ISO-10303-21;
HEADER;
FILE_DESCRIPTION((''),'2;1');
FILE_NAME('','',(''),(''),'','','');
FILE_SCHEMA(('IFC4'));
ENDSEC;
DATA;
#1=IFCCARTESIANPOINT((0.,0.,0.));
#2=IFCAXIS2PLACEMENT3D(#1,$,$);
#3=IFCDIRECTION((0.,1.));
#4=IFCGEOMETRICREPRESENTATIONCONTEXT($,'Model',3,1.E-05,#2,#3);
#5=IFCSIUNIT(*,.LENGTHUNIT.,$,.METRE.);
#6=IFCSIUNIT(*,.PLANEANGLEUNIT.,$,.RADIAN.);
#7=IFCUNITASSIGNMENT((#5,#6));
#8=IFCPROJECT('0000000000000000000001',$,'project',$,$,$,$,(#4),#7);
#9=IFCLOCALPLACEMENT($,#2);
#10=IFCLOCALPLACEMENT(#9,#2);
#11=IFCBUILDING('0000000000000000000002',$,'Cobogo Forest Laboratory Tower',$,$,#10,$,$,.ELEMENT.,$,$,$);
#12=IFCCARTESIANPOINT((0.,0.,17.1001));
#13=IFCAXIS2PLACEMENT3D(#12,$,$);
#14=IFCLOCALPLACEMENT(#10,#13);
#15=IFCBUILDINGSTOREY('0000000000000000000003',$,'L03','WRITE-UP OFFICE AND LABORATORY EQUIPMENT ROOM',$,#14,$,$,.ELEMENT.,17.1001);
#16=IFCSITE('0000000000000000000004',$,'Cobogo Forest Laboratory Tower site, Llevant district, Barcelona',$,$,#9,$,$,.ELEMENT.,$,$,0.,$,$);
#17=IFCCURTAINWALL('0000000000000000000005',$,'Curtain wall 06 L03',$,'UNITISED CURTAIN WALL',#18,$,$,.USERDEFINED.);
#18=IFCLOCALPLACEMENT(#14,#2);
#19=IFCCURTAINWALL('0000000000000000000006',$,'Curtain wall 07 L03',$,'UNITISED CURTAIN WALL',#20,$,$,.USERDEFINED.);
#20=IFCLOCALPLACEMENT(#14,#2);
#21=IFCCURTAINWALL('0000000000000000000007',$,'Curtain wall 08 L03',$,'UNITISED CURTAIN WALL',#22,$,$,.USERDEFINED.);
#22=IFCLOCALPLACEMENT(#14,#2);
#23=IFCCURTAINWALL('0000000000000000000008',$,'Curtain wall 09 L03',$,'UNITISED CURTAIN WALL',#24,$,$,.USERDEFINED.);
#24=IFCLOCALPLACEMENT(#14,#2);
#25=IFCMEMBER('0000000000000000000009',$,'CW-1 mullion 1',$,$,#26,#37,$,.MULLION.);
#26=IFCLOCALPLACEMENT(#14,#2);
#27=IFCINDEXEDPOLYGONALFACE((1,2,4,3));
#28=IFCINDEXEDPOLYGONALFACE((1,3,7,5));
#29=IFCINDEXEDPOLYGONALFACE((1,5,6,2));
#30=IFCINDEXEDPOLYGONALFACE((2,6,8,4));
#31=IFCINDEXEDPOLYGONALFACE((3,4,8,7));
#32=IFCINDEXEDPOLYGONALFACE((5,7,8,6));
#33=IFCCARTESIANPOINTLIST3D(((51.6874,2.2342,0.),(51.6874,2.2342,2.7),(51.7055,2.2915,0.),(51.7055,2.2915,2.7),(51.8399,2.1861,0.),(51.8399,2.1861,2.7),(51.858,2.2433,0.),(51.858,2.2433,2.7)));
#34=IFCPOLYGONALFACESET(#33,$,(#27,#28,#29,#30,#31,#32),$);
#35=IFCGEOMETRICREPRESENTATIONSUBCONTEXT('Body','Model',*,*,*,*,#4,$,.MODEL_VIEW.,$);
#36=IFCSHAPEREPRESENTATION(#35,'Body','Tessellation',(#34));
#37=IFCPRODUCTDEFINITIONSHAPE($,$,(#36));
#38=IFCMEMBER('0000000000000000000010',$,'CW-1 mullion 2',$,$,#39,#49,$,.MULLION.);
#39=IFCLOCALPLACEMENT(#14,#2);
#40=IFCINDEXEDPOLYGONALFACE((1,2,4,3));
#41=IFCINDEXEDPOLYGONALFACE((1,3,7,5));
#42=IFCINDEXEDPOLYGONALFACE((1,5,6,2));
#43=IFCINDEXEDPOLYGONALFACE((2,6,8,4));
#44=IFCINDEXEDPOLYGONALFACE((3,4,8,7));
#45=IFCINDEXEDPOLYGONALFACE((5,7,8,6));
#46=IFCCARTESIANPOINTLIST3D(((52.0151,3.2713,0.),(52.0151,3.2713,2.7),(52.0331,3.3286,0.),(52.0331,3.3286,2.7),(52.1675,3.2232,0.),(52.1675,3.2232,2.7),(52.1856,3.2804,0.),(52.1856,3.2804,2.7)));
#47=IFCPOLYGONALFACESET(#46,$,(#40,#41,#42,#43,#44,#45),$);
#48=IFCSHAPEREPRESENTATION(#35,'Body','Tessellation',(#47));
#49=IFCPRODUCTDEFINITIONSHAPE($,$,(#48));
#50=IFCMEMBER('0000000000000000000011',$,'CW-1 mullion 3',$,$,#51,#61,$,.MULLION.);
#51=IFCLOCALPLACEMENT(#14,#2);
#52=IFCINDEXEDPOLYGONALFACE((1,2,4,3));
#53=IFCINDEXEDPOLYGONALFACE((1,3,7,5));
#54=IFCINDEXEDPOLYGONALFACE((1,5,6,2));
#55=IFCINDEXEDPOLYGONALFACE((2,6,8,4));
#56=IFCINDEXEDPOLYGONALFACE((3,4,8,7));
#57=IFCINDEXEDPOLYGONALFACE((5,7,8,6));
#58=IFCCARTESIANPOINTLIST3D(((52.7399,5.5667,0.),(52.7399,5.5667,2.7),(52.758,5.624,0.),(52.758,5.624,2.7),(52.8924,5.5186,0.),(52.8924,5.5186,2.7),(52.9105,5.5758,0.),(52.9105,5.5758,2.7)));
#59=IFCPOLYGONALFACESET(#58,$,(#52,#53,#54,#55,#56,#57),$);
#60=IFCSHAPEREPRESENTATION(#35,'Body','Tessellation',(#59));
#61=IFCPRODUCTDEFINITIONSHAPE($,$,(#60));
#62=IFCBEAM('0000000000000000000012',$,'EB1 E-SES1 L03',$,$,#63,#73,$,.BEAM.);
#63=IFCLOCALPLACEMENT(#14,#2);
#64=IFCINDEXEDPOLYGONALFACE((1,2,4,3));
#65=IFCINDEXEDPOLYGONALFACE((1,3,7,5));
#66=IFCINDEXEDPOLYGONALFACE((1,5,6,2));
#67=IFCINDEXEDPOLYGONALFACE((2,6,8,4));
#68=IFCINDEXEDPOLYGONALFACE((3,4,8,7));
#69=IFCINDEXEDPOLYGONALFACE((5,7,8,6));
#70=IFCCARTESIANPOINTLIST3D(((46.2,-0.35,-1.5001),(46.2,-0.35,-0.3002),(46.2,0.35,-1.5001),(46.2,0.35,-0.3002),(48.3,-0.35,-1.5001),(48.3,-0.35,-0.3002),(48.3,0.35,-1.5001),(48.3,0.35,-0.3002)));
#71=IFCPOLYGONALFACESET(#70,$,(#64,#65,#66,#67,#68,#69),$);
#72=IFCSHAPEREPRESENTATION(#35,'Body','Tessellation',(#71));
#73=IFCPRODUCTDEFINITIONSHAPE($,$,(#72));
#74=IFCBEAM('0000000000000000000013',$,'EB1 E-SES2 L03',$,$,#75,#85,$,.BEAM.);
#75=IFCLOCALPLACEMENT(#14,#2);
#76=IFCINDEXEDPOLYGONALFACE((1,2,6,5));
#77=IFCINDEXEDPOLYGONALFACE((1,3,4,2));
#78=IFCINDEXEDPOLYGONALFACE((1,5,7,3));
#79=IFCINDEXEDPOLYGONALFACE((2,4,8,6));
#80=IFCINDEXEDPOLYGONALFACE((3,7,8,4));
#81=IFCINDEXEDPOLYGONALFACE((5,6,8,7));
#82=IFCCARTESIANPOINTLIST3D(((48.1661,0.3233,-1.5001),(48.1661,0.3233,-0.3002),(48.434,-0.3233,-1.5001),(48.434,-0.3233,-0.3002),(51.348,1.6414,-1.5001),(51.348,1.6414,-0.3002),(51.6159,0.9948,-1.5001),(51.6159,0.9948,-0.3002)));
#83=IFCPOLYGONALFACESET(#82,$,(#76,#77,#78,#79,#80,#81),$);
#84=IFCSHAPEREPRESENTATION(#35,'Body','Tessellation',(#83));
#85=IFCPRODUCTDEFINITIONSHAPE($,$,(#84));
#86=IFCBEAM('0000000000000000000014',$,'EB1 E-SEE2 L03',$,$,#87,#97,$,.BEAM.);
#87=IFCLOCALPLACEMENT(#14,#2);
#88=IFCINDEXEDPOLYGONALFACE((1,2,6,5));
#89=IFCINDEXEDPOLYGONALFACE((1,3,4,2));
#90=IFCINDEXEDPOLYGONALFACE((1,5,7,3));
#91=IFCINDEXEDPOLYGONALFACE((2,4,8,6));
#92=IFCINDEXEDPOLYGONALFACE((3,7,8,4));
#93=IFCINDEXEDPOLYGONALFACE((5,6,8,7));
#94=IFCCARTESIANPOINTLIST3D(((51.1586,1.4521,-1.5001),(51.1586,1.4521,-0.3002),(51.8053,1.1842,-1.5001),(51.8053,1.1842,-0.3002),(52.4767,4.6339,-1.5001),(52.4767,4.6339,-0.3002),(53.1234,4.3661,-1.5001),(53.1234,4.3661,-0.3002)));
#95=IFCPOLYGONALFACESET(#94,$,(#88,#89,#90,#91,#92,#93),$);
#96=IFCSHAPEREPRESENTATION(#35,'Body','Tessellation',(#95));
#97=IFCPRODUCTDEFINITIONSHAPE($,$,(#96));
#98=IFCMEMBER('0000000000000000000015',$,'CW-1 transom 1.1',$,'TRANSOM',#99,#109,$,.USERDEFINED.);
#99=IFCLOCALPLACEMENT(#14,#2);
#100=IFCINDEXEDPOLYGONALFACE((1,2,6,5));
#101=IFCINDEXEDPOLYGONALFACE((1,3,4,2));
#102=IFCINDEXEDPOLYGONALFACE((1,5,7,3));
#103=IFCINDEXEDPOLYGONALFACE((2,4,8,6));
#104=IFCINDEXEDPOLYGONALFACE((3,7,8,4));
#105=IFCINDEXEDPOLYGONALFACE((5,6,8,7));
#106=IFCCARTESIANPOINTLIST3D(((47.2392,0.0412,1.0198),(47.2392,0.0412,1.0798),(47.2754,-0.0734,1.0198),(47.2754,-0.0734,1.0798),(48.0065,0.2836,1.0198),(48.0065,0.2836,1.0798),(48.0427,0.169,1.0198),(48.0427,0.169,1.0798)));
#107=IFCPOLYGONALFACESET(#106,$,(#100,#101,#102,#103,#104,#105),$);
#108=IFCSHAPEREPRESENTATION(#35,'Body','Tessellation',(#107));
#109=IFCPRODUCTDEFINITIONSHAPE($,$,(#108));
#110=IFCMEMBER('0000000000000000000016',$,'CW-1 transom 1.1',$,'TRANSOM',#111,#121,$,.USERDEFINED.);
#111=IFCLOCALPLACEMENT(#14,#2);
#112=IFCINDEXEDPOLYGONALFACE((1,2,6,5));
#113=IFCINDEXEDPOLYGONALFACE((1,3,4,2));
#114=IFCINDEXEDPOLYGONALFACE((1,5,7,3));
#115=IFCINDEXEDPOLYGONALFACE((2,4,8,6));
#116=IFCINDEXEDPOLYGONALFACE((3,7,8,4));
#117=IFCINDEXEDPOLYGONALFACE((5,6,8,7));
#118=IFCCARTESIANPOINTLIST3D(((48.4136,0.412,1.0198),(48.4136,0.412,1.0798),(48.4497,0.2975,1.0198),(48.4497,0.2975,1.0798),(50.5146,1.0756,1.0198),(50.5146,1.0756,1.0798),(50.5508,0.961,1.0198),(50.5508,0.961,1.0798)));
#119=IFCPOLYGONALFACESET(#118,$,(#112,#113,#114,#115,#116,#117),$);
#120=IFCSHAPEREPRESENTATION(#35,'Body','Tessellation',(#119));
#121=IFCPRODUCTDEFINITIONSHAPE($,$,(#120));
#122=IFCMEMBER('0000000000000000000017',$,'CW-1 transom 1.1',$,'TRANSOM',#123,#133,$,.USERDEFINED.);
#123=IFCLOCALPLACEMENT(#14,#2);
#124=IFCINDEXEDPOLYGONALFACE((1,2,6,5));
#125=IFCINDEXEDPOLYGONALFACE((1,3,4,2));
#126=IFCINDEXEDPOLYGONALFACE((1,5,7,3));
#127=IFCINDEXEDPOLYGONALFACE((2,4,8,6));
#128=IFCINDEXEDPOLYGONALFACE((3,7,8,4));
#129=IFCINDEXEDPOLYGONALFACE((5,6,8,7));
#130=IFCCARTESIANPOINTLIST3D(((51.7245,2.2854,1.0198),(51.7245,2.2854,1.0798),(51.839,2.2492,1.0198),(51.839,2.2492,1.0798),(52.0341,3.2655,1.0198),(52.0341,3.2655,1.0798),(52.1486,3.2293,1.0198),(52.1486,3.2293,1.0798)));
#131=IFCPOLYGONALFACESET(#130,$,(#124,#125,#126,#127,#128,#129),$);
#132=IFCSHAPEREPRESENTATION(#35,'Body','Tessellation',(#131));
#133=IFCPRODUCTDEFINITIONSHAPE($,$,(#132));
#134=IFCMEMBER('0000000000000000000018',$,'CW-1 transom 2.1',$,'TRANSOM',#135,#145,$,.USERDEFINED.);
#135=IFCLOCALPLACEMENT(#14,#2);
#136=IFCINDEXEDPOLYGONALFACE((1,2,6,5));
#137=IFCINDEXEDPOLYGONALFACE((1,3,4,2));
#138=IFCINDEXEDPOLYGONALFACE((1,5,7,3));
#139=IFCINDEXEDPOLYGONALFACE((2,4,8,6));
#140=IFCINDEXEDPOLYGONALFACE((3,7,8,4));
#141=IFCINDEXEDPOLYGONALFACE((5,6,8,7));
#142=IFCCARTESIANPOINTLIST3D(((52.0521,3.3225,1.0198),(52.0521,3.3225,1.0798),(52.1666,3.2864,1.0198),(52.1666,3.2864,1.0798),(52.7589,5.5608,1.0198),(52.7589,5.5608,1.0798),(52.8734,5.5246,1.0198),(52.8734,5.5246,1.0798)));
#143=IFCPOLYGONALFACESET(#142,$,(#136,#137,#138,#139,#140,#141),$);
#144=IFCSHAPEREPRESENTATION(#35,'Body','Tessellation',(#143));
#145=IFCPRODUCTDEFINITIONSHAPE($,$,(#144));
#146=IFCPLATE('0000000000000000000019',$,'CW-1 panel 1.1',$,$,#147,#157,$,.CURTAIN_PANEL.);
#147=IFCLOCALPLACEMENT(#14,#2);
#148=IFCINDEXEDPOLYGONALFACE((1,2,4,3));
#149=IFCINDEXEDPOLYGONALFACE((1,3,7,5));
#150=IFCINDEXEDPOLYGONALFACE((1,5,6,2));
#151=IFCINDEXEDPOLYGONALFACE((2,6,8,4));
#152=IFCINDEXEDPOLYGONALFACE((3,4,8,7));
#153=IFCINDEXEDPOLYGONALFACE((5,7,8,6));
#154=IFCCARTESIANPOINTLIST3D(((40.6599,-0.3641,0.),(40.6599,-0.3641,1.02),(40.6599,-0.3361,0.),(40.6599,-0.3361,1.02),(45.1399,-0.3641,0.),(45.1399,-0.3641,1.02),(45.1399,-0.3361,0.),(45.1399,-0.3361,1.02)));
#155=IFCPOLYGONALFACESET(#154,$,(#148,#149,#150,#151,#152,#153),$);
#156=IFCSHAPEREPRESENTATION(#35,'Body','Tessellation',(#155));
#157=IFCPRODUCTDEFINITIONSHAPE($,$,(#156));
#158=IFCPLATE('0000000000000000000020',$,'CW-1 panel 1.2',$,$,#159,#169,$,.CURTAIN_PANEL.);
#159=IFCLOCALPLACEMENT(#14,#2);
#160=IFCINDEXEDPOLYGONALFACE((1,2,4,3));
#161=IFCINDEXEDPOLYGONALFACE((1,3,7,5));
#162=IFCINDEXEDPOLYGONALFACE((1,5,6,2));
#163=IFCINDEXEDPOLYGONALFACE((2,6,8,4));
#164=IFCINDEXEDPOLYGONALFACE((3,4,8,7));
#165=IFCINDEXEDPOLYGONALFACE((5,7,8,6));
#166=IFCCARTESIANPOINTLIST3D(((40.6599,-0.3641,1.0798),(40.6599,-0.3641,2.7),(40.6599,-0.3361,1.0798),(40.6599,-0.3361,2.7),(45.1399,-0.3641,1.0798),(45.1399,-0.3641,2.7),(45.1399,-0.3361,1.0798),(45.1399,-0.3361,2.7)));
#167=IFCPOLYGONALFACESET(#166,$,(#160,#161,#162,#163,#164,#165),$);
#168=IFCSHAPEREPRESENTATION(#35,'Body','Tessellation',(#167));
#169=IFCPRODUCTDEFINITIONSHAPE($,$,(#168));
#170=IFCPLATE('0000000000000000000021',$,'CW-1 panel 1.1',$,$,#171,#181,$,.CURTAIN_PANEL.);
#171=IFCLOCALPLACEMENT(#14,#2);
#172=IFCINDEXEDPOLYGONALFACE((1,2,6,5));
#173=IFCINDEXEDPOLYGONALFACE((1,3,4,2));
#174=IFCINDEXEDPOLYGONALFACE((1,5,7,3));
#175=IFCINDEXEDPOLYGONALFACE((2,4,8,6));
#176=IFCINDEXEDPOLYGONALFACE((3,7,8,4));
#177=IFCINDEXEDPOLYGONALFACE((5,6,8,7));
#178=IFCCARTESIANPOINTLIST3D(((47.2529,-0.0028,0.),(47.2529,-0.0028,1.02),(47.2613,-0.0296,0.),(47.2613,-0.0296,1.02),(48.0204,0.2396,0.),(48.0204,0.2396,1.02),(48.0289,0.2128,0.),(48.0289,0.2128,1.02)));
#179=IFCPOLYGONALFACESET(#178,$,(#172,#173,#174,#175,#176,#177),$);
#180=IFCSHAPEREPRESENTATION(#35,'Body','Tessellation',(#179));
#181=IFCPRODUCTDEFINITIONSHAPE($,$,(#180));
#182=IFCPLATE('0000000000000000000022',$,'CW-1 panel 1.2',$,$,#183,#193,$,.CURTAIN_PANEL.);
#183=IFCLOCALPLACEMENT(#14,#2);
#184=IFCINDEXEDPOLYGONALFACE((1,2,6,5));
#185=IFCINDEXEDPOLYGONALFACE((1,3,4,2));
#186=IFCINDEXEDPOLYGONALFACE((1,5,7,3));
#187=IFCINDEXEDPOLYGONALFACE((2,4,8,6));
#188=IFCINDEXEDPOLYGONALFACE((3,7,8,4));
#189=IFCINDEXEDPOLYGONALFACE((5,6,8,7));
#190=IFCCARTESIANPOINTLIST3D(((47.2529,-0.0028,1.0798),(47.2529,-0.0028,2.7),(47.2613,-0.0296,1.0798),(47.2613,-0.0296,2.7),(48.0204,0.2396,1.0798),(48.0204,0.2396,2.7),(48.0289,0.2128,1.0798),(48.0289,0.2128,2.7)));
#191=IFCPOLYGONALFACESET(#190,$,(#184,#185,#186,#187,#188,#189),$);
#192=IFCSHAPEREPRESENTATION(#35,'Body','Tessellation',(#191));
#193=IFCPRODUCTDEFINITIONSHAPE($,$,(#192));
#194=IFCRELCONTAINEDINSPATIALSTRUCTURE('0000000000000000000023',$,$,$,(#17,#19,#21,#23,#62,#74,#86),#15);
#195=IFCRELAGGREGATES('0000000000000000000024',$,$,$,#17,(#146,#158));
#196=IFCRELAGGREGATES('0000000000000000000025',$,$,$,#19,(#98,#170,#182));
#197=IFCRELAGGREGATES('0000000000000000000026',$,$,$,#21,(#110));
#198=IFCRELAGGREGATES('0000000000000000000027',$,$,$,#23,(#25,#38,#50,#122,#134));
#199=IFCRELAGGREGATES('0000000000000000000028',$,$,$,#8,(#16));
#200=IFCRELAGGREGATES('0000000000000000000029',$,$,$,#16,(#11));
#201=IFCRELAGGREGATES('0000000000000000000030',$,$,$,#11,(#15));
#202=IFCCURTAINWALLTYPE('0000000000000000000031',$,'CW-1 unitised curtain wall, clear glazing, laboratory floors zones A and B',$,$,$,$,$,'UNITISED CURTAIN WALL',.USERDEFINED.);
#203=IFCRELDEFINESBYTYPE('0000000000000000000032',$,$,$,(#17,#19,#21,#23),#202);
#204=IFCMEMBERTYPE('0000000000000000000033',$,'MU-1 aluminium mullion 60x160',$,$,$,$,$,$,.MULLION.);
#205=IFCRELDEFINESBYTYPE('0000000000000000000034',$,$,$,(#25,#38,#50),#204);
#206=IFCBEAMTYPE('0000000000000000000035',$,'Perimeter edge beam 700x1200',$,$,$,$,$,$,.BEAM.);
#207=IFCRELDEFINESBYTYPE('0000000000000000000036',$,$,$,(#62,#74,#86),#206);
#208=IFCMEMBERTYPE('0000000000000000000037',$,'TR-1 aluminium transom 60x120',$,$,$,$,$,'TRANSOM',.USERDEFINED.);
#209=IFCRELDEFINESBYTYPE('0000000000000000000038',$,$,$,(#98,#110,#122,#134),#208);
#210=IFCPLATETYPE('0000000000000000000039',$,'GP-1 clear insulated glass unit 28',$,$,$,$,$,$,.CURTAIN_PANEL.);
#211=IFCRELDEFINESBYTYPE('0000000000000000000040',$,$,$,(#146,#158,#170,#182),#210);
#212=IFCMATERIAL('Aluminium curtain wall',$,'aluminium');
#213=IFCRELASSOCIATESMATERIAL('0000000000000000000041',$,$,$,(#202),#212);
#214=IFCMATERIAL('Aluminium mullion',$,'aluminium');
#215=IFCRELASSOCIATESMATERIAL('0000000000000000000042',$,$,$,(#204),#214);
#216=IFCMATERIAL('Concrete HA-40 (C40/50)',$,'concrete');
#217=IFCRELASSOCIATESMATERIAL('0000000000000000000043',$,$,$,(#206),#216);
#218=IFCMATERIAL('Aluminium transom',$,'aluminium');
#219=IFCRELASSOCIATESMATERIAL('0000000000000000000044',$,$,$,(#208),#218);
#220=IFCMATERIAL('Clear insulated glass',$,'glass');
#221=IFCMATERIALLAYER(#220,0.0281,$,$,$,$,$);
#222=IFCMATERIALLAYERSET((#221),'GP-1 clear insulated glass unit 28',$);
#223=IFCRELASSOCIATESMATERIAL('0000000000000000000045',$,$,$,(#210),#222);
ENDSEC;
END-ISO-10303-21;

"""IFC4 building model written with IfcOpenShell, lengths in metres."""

from ifc_helpers import new_model, si_unit, direction, frame, origin, origin_2d, place, context, subcontext, project, spatial, rectangle, extrude, material, layer, layer_set, material_profile, profile_set, type_object, element, aggregate, save


model = new_model("IFC4")

# Units and contexts
model_context = context("Model", 3, precision=1e-05, world=origin(), true_north=direction((0.0, 1.0)))
body_context = subcontext(model_context, "Body", "Model", "MODEL_VIEW")
ifc_project = project(units=[si_unit("LENGTHUNIT", "METRE"), si_unit("PLANEANGLEUNIT", "RADIAN")], contexts=[model_context])

# Site, building, storey
site_placement = place(None, origin())
site = spatial("IfcSite", under=ifc_project, at=site_placement, Name="Cobogo Forest Laboratory Tower site, Llevant district, Barcelona", CompositionType="ELEMENT", RefElevation=0.0)
building_placement = place(site_placement, origin())
building = spatial("IfcBuilding", under=site, at=building_placement, Name="Cobogo Forest Laboratory Tower", CompositionType="ELEMENT")
storey_placement = place(building_placement, frame((0.0, 0.0, 17.1001)))
storey = spatial("IfcBuildingStorey", under=building, at=storey_placement, Name="L03", Description="WRITE-UP OFFICE AND LABORATORY EQUIPMENT ROOM", CompositionType="ELEMENT", Elevation=17.1001)

# Shared definitions
ifc_material_1 = material(Name="Concrete HA-40 (C40/50)", Category="concrete")

# Curtain wall
ifc_material_2 = material(Name="Aluminium curtain wall", Category="aluminium")
curtain_wall_type = type_object("IfcCurtainWallType", Name="CW-1 unitised curtain wall, clear glazing, laboratory floors zones A and B", ElementType="UNITISED CURTAIN WALL", PredefinedType="USERDEFINED", material=ifc_material_2)
curtain_wall_1_placement = place(storey_placement, origin())
curtain_wall_1 = element("IfcCurtainWall", 1, at=curtain_wall_1_placement, inside=storey, type_object=curtain_wall_type, Name="Curtain wall 06 L03", ObjectType="UNITISED CURTAIN WALL", PredefinedType="USERDEFINED")
ifc_material_3 = material(Name="Aluminium mullion", Category="aluminium")
ifc_material_profile_1 = material_profile(ifc_material_3, rectangle(XDim=0.0601, YDim=0.1599, at=origin_2d()), Name="AL 60x160")
ifc_profile_set_1 = profile_set([ifc_material_profile_1], Name="Aluminium mullion")
member_type_1 = type_object("IfcMemberType", Name="MU-1 aluminium mullion 60x160", PredefinedType="MULLION", material=ifc_profile_set_1)

# Curtain walls, members
curtain_wall_2_placement = place(storey_placement, origin())
curtain_wall_2 = element("IfcCurtainWall", 2, at=curtain_wall_2_placement, inside=storey, type_object=curtain_wall_type, Name="Curtain wall 07 L03", ObjectType="UNITISED CURTAIN WALL", PredefinedType="USERDEFINED")
curtain_wall_3_placement = place(storey_placement, origin())
curtain_wall_3 = element("IfcCurtainWall", 3, at=curtain_wall_3_placement, inside=storey, type_object=curtain_wall_type, Name="Curtain wall 08 L03", ObjectType="UNITISED CURTAIN WALL", PredefinedType="USERDEFINED")
curtain_wall_4_placement = place(storey_placement, origin())
curtain_wall_4 = element("IfcCurtainWall", 4, at=curtain_wall_4_placement, inside=storey, type_object=curtain_wall_type, Name="Curtain wall 09 L03", ObjectType="UNITISED CURTAIN WALL", PredefinedType="USERDEFINED")
member_1_placement = place(storey_placement, frame((51.7727, 2.2388, 0.0), z_axis=(0.0, 0.0, 1.0), x_axis=(0.301135, 0.953581, 0.0)))
member_1 = element("IfcMember", 5, at=member_1_placement, type_object=member_type_1, Name="CW-1 mullion 1", PredefinedType="MULLION", context=body_context, shape_type="SweptSolid", body=[
    extrude(rectangle(XDim=0.0601, YDim=0.1599, at=origin_2d()), origin(), (0.0, 0.0, 1.0), 2.7),
])
member_2_placement = place(storey_placement, frame((52.1003, 3.2759, 0.0), z_axis=(0.0, 0.0, 1.0), x_axis=(0.301135, 0.953581, 0.0)))
member_2 = element("IfcMember", 6, at=member_2_placement, type_object=member_type_1, Name="CW-1 mullion 2", PredefinedType="MULLION", context=body_context, shape_type="SweptSolid", body=[
    extrude(rectangle(XDim=0.0601, YDim=0.1599, at=origin_2d()), origin(), (0.0, 0.0, 1.0), 2.7),
])
member_3_placement = place(storey_placement, frame((52.8252, 5.5713, 0.0), z_axis=(0.0, 0.0, 1.0), x_axis=(0.301135, 0.953581, 0.0)))
member_3 = element("IfcMember", 7, at=member_3_placement, type_object=member_type_1, Name="CW-1 mullion 3", PredefinedType="MULLION", context=body_context, shape_type="SweptSolid", body=[
    extrude(rectangle(XDim=0.0601, YDim=0.1599, at=origin_2d()), origin(), (0.0, 0.0, 1.0), 2.7),
])

# Beams
ifc_material_profile_2 = material_profile(ifc_material_1, rectangle(XDim=0.7, YDim=1.2, at=origin_2d()), Name="RC 700x1200")
ifc_profile_set_2 = profile_set([ifc_material_profile_2], Name="Concrete HA-40 (C40/50)")
beam_type_1 = type_object("IfcBeamType", Name="Perimeter edge beam 700x1200", PredefinedType="BEAM", material=ifc_profile_set_2)
beam_1_placement = place(storey_placement, frame((46.2, 0.0, -0.9001), z_axis=(1.0, 0.0, 0.0), x_axis=(0.0, 1.0, 0.0)))
element("IfcBeam", 8, at=beam_1_placement, inside=storey, type_object=beam_type_1, Name="EB1 E-SES1 L03", PredefinedType="BEAM", context=body_context, shape_type="SweptSolid", body=[
    extrude(rectangle(XDim=0.7, YDim=1.2, at=origin_2d()), origin(), (0.0, 0.0, 1.0), 2.1001),
])
for number, where, z_axis, x_axis, name in (
    (9, (48.3, 0.0, -0.9001), (0.923866, 0.382717, 0.0), (-0.382717, 0.923866, 0.0), "EB1 E-SES2 L03"),
    (10, (52.8, 4.5, -0.9001), (-0.382717, -0.923866, 0.0), (0.923866, -0.382717, 0.0), "EB1 E-SEE2 L03"),
):
    element("IfcBeam", number, at=place(storey_placement, frame(where, z_axis=z_axis, x_axis=x_axis)), inside=storey, type_object=beam_type_1, Name=name, PredefinedType="BEAM", context=body_context, shape_type="SweptSolid", body=[
        extrude(rectangle(XDim=0.7, YDim=1.2, at=origin_2d()), origin(), (0.0, 0.0, 1.0), 3.4441),
    ])

# Members
ifc_material_4 = material(Name="Aluminium transom", Category="aluminium")
ifc_material_profile_3 = material_profile(ifc_material_4, rectangle(XDim=0.1201, YDim=0.0601, at=origin_2d()), Name="AL 60x120")
ifc_profile_set_3 = profile_set([ifc_material_profile_3], Name="Aluminium transom")
member_type_2 = type_object("IfcMemberType", Name="TR-1 aluminium transom 60x120", ElementType="TRANSOM", PredefinedType="USERDEFINED", material=ifc_profile_set_3)
member_4_placement = place(storey_placement, frame((47.2573, -0.0161, 1.0498), z_axis=(0.953541, 0.301262, 0.0), x_axis=(-0.301262, 0.953541, 0.0)))
member_4 = element("IfcMember", 11, at=member_4_placement, type_object=member_type_2, Name="CW-1 transom 1.1", ObjectType="TRANSOM", PredefinedType="USERDEFINED", context=body_context, shape_type="SweptSolid", body=[
    extrude(rectangle(XDim=0.1201, YDim=0.0601, at=origin_2d()), origin(), (0.0, 0.0, 1.0), 0.8047),
])
member_5_placement = place(storey_placement, frame((48.4316, 0.3547, 1.0498), z_axis=(0.953573, 0.301163, 0.0), x_axis=(-0.301163, 0.953573, 0.0)))
member_5 = element("IfcMember", 12, at=member_5_placement, type_object=member_type_2, Name="CW-1 transom 1.1", ObjectType="TRANSOM", PredefinedType="USERDEFINED", context=body_context, shape_type="SweptSolid", body=[
    extrude(rectangle(XDim=0.1201, YDim=0.0601, at=origin_2d()), origin(), (0.0, 0.0, 1.0), 2.2034),
])
member_6_placement = place(storey_placement, frame((51.7817, 2.2673, 1.0498), z_axis=(0.301222, 0.953554, 0.0), x_axis=(-0.953554, 0.301222, 0.0)))
member_6 = element("IfcMember", 13, at=member_6_placement, type_object=member_type_2, Name="CW-1 transom 1.1", ObjectType="TRANSOM", PredefinedType="USERDEFINED", context=body_context, shape_type="SweptSolid", body=[
    extrude(rectangle(XDim=0.1201, YDim=0.0601, at=origin_2d()), origin(), (0.0, 0.0, 1.0), 1.0278),
])
member_7_placement = place(storey_placement, frame((52.1094, 3.3044, 1.0498), z_axis=(0.301116, 0.953587, 0.0), x_axis=(-0.953587, 0.301116, 0.0)))
member_7 = element("IfcMember", 14, at=member_7_placement, type_object=member_type_2, Name="CW-1 transom 2.1", ObjectType="TRANSOM", PredefinedType="USERDEFINED", context=body_context, shape_type="SweptSolid", body=[
    extrude(rectangle(XDim=0.1201, YDim=0.0601, at=origin_2d()), origin(), (0.0, 0.0, 1.0), 2.3472),
])

# Plates
ifc_material_5 = material(Name="Clear insulated glass", Category="glass")
ifc_layer = layer(ifc_material_5, 0.0281)
ifc_layer_set = layer_set([ifc_layer], Name="GP-1 clear insulated glass unit 28")
plate_type = type_object("IfcPlateType", Name="GP-1 clear insulated glass unit 28", PredefinedType="CURTAIN_PANEL", material=ifc_layer_set)
plate_1_placement = place(storey_placement, frame((42.8999, -0.3501, 0.0), z_axis=(0.0, 0.0, 1.0), x_axis=(1.0, 0.0, 0.0)))
plate_1 = element("IfcPlate", 15, at=plate_1_placement, type_object=plate_type, Name="CW-1 panel 1.1", PredefinedType="CURTAIN_PANEL", context=body_context, shape_type="SweptSolid", body=[
    extrude(rectangle(XDim=4.48, YDim=0.0281, at=origin_2d()), origin(), (0.0, 0.0, 1.0), 1.02),
])
plate_2_placement = place(storey_placement, frame((42.8999, -0.3501, 1.0798), z_axis=(0.0, 0.0, 1.0), x_axis=(1.0, 0.0, 0.0)))
plate_2 = element("IfcPlate", 16, at=plate_2_placement, type_object=plate_type, Name="CW-1 panel 1.2", PredefinedType="CURTAIN_PANEL", context=body_context, shape_type="SweptSolid", body=[
    extrude(rectangle(XDim=4.48, YDim=0.0281, at=origin_2d()), origin(), (0.0, 0.0, 1.0), 1.6201),
])
aggregate(curtain_wall_1, [plate_1, plate_2])
plate_3_placement = place(storey_placement, frame((47.6409, 0.105, 0.0), z_axis=(0.0, 0.0, 1.0), x_axis=(0.953581, 0.301135, 0.0)))
plate_3 = element("IfcPlate", 17, at=plate_3_placement, type_object=plate_type, Name="CW-1 panel 1.1", PredefinedType="CURTAIN_PANEL", context=body_context, shape_type="SweptSolid", body=[
    extrude(rectangle(XDim=0.8049, YDim=0.0281, at=origin_2d()), origin(), (0.0, 0.0, 1.0), 1.02),
])
plate_4_placement = place(storey_placement, frame((47.6409, 0.105, 1.0798), z_axis=(0.0, 0.0, 1.0), x_axis=(0.953581, 0.301135, 0.0)))
plate_4 = element("IfcPlate", 18, at=plate_4_placement, type_object=plate_type, Name="CW-1 panel 1.2", PredefinedType="CURTAIN_PANEL", context=body_context, shape_type="SweptSolid", body=[
    extrude(rectangle(XDim=0.8049, YDim=0.0281, at=origin_2d()), origin(), (0.0, 0.0, 1.0), 1.6201),
])
aggregate(curtain_wall_2, [member_4, plate_3, plate_4])
aggregate(curtain_wall_3, [member_5])
aggregate(curtain_wall_4, [member_1, member_2, member_3, member_6, member_7])

save(model, "model.ifc")
